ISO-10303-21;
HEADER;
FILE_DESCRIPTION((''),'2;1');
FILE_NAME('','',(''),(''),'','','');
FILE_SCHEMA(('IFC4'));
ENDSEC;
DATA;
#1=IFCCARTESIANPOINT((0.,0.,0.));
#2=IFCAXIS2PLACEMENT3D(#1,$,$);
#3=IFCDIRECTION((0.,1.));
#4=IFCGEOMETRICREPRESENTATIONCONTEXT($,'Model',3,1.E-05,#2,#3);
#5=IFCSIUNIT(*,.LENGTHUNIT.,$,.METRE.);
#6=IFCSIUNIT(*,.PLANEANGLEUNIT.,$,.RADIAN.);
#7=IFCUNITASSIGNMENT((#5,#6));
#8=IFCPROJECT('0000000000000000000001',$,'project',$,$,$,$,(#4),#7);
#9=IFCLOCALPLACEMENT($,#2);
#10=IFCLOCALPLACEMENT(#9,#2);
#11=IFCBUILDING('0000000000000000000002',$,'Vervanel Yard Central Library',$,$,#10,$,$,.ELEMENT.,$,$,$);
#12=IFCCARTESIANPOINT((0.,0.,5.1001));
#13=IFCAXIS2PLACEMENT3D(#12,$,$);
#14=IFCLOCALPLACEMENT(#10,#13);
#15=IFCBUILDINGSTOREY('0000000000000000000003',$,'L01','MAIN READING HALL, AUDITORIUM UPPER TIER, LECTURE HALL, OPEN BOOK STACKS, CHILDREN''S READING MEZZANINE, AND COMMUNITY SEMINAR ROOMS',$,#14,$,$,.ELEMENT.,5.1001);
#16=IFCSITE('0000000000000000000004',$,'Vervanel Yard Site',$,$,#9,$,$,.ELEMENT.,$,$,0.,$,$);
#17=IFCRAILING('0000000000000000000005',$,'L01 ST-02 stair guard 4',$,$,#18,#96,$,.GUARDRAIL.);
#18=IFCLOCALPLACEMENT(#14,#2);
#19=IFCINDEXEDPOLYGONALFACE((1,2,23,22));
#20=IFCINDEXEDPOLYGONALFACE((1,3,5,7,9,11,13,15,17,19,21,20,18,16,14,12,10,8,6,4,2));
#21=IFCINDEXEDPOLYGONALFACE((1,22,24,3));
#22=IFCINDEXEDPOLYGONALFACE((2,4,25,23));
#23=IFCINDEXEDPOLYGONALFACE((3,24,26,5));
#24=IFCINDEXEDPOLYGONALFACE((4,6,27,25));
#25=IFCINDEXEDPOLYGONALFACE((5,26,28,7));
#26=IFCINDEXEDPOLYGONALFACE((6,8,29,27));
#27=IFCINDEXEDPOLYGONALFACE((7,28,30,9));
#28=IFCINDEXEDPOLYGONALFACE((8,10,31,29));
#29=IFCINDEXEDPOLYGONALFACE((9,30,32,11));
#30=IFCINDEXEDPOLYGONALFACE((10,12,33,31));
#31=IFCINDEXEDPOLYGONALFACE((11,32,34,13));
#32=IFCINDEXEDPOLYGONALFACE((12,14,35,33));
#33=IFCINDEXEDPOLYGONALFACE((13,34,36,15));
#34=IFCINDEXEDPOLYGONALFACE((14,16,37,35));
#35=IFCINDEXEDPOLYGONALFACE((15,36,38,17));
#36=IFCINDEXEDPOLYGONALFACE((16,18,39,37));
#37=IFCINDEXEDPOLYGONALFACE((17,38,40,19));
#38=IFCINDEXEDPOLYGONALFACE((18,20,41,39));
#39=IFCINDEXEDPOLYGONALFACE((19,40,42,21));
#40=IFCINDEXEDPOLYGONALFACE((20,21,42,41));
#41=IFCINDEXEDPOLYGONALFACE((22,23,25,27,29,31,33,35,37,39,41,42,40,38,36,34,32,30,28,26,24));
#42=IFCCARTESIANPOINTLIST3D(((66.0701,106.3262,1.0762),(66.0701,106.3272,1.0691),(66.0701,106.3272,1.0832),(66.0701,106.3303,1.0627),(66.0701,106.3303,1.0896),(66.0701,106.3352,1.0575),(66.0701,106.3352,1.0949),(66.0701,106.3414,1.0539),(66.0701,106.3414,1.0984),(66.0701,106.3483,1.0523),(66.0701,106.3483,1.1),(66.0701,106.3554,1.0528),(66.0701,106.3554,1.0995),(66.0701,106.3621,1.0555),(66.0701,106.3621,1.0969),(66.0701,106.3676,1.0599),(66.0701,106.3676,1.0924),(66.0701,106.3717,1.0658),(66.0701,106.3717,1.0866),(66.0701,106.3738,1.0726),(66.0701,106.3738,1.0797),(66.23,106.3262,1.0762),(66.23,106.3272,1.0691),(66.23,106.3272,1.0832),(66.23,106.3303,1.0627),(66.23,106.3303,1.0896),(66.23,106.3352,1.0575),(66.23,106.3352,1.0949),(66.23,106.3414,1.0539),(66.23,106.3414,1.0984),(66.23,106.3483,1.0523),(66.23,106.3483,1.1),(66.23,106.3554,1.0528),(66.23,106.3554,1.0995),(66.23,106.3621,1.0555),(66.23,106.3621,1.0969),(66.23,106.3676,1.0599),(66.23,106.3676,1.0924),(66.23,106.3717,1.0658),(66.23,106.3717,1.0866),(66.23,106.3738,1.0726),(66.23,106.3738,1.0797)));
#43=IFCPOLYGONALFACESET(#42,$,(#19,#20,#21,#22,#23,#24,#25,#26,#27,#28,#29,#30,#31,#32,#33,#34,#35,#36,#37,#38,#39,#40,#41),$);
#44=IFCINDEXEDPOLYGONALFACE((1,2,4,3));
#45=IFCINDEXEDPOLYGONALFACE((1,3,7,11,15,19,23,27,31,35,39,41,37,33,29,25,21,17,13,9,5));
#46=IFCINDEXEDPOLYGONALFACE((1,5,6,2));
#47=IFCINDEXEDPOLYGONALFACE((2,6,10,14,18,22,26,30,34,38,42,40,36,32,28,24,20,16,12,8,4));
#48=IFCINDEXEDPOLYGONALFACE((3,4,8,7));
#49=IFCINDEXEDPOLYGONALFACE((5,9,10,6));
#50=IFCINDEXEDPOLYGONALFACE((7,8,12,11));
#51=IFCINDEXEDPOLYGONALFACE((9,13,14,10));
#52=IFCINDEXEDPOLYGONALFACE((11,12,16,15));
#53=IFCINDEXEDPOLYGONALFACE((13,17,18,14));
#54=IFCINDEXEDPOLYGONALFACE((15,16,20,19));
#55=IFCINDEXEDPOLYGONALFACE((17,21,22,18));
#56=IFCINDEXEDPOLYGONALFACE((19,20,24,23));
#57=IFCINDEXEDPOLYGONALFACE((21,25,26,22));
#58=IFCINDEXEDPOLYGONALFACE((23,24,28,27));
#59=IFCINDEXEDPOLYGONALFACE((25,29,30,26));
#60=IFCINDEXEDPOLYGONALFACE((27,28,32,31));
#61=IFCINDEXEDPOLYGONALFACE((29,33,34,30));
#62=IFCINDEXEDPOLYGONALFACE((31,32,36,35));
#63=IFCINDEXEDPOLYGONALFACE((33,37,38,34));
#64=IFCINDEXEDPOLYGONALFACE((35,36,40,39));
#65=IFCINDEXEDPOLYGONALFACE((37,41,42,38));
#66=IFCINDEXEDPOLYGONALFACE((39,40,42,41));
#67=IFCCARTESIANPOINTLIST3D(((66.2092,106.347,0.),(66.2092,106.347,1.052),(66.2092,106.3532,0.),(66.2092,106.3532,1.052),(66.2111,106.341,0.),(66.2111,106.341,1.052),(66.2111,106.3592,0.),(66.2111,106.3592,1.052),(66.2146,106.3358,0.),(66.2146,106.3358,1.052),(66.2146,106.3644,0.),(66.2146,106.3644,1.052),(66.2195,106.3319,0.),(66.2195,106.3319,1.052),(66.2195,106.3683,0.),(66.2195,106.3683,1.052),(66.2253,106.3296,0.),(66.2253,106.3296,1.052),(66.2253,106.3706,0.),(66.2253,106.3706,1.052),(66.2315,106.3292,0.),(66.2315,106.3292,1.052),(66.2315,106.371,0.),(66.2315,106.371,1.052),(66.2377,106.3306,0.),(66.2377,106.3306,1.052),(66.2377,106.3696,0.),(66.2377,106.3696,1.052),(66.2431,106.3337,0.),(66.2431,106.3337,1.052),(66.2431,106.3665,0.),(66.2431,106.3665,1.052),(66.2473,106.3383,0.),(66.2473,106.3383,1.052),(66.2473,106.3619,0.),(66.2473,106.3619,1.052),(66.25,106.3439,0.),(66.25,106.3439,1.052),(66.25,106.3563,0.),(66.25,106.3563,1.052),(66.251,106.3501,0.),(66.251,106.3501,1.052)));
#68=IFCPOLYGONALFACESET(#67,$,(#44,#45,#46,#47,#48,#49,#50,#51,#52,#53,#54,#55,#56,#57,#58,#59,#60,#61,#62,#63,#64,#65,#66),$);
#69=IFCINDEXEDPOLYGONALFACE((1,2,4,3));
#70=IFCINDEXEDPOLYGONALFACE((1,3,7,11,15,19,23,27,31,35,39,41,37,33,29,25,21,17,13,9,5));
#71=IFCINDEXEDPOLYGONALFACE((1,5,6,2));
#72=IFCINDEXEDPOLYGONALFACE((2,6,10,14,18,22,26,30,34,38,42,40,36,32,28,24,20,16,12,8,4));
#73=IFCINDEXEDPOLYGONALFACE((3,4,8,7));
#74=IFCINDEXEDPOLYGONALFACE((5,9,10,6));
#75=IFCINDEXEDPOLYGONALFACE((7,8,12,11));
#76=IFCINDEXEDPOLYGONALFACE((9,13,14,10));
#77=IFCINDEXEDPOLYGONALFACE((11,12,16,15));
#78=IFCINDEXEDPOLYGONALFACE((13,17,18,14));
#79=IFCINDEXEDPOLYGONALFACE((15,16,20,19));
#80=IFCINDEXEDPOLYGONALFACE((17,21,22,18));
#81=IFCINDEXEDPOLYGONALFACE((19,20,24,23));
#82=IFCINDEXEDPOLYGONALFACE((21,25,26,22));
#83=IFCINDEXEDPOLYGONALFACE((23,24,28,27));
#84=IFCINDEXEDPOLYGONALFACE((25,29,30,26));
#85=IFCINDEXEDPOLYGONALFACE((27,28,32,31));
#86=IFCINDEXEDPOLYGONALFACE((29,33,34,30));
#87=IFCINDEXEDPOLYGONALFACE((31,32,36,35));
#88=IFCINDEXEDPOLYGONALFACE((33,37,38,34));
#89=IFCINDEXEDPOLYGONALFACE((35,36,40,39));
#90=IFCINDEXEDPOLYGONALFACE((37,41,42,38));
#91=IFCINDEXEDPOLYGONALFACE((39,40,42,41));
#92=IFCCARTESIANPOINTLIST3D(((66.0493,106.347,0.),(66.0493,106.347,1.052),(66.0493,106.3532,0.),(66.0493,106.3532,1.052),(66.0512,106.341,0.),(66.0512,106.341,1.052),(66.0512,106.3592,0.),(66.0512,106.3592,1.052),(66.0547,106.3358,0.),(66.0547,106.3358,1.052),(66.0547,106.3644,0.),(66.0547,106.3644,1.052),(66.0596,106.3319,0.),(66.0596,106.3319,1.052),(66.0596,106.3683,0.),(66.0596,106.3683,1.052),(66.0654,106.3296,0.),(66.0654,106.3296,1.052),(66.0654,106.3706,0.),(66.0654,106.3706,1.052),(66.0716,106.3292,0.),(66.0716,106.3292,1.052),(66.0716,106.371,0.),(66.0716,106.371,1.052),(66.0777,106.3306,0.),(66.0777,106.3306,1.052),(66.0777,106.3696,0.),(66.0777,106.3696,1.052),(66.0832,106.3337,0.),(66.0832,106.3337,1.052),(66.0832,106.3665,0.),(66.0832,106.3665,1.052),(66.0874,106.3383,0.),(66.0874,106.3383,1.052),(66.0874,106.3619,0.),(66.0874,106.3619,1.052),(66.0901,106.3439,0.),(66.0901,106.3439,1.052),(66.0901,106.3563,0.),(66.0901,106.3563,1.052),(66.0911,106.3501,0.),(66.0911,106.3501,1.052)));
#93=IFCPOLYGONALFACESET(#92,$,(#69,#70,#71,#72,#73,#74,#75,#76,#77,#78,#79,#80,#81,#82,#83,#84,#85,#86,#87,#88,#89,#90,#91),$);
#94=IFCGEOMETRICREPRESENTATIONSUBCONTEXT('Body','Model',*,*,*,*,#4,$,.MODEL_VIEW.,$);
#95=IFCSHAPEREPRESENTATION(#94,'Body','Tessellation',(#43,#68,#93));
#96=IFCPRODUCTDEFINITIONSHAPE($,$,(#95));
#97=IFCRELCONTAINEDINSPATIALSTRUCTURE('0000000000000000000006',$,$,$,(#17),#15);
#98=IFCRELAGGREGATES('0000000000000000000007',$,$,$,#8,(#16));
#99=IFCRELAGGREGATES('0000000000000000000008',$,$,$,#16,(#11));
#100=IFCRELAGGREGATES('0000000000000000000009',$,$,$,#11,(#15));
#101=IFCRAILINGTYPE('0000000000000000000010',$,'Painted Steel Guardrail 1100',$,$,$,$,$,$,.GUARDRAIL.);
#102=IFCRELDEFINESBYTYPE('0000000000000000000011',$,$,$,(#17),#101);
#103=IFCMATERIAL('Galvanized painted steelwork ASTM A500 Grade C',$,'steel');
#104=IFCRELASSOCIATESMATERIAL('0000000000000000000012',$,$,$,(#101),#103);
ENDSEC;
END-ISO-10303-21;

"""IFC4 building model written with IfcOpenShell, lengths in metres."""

from ifc_helpers import new_model, si_unit, direction, frame, origin, origin_2d, place, context, subcontext, project, spatial, circle, extrude, material, type_object, element, save


model = new_model("IFC4")

# Units and contexts
model_context = context("Model", 3, precision=1e-05, world=origin(), true_north=direction((0.0, 1.0)))
body_context = subcontext(model_context, "Body", "Model", "MODEL_VIEW")
ifc_project = project(units=[si_unit("LENGTHUNIT", "METRE"), si_unit("PLANEANGLEUNIT", "RADIAN")], contexts=[model_context])

# Site, building, storey
site_placement = place(None, origin())
site = spatial("IfcSite", under=ifc_project, at=site_placement, Name="Vervanel Yard Site", CompositionType="ELEMENT", RefElevation=0.0)
building_placement = place(site_placement, origin())
building = spatial("IfcBuilding", under=site, at=building_placement, Name="Vervanel Yard Central Library", CompositionType="ELEMENT")
storey_placement = place(building_placement, frame((0.0, 0.0, 5.1001)))
storey = spatial("IfcBuildingStorey", under=building, at=storey_placement, Name="L01", Description="MAIN READING HALL, AUDITORIUM UPPER TIER, LECTURE HALL, OPEN BOOK STACKS, CHILDREN'S READING MEZZANINE, AND COMMUNITY SEMINAR ROOMS", CompositionType="ELEMENT", Elevation=5.1001)

# Shared definitions
ifc_material_1 = material(Name="Galvanized painted steelwork ASTM A500 Grade C", Category="steel")

# Railing
railing_type_1 = type_object("IfcRailingType", Name="Painted Steel Guardrail 1100", PredefinedType="GUARDRAIL", material=ifc_material_1)
railing_1_placement = place(storey_placement, frame((66.23, 106.3501, 0.0)))
element("IfcRailing", 1, at=railing_1_placement, inside=storey, type_object=railing_type_1, Name="L01 ST-02 stair guard 4", PredefinedType="GUARDRAIL", context=body_context, shape_type="SweptSolid", body=[
    extrude(circle(Radius=0.0239, at=origin_2d()), frame((0.0, 0.0, 1.0762), z_axis=(-1.0, 0.0, 0.0), x_axis=(0.0, -1.0, 0.0)), (0.0, 0.0, 1.0), 0.1599),
    extrude(circle(Radius=0.021, at=origin_2d()), origin(), (0.0, 0.0, 1.0), 1.052),
    extrude(circle(Radius=0.021, at=origin_2d()), frame((-0.1599, 0.0, 0.0)), (0.0, 0.0, 1.0), 1.052),
])

save(model, "model.ifc")
